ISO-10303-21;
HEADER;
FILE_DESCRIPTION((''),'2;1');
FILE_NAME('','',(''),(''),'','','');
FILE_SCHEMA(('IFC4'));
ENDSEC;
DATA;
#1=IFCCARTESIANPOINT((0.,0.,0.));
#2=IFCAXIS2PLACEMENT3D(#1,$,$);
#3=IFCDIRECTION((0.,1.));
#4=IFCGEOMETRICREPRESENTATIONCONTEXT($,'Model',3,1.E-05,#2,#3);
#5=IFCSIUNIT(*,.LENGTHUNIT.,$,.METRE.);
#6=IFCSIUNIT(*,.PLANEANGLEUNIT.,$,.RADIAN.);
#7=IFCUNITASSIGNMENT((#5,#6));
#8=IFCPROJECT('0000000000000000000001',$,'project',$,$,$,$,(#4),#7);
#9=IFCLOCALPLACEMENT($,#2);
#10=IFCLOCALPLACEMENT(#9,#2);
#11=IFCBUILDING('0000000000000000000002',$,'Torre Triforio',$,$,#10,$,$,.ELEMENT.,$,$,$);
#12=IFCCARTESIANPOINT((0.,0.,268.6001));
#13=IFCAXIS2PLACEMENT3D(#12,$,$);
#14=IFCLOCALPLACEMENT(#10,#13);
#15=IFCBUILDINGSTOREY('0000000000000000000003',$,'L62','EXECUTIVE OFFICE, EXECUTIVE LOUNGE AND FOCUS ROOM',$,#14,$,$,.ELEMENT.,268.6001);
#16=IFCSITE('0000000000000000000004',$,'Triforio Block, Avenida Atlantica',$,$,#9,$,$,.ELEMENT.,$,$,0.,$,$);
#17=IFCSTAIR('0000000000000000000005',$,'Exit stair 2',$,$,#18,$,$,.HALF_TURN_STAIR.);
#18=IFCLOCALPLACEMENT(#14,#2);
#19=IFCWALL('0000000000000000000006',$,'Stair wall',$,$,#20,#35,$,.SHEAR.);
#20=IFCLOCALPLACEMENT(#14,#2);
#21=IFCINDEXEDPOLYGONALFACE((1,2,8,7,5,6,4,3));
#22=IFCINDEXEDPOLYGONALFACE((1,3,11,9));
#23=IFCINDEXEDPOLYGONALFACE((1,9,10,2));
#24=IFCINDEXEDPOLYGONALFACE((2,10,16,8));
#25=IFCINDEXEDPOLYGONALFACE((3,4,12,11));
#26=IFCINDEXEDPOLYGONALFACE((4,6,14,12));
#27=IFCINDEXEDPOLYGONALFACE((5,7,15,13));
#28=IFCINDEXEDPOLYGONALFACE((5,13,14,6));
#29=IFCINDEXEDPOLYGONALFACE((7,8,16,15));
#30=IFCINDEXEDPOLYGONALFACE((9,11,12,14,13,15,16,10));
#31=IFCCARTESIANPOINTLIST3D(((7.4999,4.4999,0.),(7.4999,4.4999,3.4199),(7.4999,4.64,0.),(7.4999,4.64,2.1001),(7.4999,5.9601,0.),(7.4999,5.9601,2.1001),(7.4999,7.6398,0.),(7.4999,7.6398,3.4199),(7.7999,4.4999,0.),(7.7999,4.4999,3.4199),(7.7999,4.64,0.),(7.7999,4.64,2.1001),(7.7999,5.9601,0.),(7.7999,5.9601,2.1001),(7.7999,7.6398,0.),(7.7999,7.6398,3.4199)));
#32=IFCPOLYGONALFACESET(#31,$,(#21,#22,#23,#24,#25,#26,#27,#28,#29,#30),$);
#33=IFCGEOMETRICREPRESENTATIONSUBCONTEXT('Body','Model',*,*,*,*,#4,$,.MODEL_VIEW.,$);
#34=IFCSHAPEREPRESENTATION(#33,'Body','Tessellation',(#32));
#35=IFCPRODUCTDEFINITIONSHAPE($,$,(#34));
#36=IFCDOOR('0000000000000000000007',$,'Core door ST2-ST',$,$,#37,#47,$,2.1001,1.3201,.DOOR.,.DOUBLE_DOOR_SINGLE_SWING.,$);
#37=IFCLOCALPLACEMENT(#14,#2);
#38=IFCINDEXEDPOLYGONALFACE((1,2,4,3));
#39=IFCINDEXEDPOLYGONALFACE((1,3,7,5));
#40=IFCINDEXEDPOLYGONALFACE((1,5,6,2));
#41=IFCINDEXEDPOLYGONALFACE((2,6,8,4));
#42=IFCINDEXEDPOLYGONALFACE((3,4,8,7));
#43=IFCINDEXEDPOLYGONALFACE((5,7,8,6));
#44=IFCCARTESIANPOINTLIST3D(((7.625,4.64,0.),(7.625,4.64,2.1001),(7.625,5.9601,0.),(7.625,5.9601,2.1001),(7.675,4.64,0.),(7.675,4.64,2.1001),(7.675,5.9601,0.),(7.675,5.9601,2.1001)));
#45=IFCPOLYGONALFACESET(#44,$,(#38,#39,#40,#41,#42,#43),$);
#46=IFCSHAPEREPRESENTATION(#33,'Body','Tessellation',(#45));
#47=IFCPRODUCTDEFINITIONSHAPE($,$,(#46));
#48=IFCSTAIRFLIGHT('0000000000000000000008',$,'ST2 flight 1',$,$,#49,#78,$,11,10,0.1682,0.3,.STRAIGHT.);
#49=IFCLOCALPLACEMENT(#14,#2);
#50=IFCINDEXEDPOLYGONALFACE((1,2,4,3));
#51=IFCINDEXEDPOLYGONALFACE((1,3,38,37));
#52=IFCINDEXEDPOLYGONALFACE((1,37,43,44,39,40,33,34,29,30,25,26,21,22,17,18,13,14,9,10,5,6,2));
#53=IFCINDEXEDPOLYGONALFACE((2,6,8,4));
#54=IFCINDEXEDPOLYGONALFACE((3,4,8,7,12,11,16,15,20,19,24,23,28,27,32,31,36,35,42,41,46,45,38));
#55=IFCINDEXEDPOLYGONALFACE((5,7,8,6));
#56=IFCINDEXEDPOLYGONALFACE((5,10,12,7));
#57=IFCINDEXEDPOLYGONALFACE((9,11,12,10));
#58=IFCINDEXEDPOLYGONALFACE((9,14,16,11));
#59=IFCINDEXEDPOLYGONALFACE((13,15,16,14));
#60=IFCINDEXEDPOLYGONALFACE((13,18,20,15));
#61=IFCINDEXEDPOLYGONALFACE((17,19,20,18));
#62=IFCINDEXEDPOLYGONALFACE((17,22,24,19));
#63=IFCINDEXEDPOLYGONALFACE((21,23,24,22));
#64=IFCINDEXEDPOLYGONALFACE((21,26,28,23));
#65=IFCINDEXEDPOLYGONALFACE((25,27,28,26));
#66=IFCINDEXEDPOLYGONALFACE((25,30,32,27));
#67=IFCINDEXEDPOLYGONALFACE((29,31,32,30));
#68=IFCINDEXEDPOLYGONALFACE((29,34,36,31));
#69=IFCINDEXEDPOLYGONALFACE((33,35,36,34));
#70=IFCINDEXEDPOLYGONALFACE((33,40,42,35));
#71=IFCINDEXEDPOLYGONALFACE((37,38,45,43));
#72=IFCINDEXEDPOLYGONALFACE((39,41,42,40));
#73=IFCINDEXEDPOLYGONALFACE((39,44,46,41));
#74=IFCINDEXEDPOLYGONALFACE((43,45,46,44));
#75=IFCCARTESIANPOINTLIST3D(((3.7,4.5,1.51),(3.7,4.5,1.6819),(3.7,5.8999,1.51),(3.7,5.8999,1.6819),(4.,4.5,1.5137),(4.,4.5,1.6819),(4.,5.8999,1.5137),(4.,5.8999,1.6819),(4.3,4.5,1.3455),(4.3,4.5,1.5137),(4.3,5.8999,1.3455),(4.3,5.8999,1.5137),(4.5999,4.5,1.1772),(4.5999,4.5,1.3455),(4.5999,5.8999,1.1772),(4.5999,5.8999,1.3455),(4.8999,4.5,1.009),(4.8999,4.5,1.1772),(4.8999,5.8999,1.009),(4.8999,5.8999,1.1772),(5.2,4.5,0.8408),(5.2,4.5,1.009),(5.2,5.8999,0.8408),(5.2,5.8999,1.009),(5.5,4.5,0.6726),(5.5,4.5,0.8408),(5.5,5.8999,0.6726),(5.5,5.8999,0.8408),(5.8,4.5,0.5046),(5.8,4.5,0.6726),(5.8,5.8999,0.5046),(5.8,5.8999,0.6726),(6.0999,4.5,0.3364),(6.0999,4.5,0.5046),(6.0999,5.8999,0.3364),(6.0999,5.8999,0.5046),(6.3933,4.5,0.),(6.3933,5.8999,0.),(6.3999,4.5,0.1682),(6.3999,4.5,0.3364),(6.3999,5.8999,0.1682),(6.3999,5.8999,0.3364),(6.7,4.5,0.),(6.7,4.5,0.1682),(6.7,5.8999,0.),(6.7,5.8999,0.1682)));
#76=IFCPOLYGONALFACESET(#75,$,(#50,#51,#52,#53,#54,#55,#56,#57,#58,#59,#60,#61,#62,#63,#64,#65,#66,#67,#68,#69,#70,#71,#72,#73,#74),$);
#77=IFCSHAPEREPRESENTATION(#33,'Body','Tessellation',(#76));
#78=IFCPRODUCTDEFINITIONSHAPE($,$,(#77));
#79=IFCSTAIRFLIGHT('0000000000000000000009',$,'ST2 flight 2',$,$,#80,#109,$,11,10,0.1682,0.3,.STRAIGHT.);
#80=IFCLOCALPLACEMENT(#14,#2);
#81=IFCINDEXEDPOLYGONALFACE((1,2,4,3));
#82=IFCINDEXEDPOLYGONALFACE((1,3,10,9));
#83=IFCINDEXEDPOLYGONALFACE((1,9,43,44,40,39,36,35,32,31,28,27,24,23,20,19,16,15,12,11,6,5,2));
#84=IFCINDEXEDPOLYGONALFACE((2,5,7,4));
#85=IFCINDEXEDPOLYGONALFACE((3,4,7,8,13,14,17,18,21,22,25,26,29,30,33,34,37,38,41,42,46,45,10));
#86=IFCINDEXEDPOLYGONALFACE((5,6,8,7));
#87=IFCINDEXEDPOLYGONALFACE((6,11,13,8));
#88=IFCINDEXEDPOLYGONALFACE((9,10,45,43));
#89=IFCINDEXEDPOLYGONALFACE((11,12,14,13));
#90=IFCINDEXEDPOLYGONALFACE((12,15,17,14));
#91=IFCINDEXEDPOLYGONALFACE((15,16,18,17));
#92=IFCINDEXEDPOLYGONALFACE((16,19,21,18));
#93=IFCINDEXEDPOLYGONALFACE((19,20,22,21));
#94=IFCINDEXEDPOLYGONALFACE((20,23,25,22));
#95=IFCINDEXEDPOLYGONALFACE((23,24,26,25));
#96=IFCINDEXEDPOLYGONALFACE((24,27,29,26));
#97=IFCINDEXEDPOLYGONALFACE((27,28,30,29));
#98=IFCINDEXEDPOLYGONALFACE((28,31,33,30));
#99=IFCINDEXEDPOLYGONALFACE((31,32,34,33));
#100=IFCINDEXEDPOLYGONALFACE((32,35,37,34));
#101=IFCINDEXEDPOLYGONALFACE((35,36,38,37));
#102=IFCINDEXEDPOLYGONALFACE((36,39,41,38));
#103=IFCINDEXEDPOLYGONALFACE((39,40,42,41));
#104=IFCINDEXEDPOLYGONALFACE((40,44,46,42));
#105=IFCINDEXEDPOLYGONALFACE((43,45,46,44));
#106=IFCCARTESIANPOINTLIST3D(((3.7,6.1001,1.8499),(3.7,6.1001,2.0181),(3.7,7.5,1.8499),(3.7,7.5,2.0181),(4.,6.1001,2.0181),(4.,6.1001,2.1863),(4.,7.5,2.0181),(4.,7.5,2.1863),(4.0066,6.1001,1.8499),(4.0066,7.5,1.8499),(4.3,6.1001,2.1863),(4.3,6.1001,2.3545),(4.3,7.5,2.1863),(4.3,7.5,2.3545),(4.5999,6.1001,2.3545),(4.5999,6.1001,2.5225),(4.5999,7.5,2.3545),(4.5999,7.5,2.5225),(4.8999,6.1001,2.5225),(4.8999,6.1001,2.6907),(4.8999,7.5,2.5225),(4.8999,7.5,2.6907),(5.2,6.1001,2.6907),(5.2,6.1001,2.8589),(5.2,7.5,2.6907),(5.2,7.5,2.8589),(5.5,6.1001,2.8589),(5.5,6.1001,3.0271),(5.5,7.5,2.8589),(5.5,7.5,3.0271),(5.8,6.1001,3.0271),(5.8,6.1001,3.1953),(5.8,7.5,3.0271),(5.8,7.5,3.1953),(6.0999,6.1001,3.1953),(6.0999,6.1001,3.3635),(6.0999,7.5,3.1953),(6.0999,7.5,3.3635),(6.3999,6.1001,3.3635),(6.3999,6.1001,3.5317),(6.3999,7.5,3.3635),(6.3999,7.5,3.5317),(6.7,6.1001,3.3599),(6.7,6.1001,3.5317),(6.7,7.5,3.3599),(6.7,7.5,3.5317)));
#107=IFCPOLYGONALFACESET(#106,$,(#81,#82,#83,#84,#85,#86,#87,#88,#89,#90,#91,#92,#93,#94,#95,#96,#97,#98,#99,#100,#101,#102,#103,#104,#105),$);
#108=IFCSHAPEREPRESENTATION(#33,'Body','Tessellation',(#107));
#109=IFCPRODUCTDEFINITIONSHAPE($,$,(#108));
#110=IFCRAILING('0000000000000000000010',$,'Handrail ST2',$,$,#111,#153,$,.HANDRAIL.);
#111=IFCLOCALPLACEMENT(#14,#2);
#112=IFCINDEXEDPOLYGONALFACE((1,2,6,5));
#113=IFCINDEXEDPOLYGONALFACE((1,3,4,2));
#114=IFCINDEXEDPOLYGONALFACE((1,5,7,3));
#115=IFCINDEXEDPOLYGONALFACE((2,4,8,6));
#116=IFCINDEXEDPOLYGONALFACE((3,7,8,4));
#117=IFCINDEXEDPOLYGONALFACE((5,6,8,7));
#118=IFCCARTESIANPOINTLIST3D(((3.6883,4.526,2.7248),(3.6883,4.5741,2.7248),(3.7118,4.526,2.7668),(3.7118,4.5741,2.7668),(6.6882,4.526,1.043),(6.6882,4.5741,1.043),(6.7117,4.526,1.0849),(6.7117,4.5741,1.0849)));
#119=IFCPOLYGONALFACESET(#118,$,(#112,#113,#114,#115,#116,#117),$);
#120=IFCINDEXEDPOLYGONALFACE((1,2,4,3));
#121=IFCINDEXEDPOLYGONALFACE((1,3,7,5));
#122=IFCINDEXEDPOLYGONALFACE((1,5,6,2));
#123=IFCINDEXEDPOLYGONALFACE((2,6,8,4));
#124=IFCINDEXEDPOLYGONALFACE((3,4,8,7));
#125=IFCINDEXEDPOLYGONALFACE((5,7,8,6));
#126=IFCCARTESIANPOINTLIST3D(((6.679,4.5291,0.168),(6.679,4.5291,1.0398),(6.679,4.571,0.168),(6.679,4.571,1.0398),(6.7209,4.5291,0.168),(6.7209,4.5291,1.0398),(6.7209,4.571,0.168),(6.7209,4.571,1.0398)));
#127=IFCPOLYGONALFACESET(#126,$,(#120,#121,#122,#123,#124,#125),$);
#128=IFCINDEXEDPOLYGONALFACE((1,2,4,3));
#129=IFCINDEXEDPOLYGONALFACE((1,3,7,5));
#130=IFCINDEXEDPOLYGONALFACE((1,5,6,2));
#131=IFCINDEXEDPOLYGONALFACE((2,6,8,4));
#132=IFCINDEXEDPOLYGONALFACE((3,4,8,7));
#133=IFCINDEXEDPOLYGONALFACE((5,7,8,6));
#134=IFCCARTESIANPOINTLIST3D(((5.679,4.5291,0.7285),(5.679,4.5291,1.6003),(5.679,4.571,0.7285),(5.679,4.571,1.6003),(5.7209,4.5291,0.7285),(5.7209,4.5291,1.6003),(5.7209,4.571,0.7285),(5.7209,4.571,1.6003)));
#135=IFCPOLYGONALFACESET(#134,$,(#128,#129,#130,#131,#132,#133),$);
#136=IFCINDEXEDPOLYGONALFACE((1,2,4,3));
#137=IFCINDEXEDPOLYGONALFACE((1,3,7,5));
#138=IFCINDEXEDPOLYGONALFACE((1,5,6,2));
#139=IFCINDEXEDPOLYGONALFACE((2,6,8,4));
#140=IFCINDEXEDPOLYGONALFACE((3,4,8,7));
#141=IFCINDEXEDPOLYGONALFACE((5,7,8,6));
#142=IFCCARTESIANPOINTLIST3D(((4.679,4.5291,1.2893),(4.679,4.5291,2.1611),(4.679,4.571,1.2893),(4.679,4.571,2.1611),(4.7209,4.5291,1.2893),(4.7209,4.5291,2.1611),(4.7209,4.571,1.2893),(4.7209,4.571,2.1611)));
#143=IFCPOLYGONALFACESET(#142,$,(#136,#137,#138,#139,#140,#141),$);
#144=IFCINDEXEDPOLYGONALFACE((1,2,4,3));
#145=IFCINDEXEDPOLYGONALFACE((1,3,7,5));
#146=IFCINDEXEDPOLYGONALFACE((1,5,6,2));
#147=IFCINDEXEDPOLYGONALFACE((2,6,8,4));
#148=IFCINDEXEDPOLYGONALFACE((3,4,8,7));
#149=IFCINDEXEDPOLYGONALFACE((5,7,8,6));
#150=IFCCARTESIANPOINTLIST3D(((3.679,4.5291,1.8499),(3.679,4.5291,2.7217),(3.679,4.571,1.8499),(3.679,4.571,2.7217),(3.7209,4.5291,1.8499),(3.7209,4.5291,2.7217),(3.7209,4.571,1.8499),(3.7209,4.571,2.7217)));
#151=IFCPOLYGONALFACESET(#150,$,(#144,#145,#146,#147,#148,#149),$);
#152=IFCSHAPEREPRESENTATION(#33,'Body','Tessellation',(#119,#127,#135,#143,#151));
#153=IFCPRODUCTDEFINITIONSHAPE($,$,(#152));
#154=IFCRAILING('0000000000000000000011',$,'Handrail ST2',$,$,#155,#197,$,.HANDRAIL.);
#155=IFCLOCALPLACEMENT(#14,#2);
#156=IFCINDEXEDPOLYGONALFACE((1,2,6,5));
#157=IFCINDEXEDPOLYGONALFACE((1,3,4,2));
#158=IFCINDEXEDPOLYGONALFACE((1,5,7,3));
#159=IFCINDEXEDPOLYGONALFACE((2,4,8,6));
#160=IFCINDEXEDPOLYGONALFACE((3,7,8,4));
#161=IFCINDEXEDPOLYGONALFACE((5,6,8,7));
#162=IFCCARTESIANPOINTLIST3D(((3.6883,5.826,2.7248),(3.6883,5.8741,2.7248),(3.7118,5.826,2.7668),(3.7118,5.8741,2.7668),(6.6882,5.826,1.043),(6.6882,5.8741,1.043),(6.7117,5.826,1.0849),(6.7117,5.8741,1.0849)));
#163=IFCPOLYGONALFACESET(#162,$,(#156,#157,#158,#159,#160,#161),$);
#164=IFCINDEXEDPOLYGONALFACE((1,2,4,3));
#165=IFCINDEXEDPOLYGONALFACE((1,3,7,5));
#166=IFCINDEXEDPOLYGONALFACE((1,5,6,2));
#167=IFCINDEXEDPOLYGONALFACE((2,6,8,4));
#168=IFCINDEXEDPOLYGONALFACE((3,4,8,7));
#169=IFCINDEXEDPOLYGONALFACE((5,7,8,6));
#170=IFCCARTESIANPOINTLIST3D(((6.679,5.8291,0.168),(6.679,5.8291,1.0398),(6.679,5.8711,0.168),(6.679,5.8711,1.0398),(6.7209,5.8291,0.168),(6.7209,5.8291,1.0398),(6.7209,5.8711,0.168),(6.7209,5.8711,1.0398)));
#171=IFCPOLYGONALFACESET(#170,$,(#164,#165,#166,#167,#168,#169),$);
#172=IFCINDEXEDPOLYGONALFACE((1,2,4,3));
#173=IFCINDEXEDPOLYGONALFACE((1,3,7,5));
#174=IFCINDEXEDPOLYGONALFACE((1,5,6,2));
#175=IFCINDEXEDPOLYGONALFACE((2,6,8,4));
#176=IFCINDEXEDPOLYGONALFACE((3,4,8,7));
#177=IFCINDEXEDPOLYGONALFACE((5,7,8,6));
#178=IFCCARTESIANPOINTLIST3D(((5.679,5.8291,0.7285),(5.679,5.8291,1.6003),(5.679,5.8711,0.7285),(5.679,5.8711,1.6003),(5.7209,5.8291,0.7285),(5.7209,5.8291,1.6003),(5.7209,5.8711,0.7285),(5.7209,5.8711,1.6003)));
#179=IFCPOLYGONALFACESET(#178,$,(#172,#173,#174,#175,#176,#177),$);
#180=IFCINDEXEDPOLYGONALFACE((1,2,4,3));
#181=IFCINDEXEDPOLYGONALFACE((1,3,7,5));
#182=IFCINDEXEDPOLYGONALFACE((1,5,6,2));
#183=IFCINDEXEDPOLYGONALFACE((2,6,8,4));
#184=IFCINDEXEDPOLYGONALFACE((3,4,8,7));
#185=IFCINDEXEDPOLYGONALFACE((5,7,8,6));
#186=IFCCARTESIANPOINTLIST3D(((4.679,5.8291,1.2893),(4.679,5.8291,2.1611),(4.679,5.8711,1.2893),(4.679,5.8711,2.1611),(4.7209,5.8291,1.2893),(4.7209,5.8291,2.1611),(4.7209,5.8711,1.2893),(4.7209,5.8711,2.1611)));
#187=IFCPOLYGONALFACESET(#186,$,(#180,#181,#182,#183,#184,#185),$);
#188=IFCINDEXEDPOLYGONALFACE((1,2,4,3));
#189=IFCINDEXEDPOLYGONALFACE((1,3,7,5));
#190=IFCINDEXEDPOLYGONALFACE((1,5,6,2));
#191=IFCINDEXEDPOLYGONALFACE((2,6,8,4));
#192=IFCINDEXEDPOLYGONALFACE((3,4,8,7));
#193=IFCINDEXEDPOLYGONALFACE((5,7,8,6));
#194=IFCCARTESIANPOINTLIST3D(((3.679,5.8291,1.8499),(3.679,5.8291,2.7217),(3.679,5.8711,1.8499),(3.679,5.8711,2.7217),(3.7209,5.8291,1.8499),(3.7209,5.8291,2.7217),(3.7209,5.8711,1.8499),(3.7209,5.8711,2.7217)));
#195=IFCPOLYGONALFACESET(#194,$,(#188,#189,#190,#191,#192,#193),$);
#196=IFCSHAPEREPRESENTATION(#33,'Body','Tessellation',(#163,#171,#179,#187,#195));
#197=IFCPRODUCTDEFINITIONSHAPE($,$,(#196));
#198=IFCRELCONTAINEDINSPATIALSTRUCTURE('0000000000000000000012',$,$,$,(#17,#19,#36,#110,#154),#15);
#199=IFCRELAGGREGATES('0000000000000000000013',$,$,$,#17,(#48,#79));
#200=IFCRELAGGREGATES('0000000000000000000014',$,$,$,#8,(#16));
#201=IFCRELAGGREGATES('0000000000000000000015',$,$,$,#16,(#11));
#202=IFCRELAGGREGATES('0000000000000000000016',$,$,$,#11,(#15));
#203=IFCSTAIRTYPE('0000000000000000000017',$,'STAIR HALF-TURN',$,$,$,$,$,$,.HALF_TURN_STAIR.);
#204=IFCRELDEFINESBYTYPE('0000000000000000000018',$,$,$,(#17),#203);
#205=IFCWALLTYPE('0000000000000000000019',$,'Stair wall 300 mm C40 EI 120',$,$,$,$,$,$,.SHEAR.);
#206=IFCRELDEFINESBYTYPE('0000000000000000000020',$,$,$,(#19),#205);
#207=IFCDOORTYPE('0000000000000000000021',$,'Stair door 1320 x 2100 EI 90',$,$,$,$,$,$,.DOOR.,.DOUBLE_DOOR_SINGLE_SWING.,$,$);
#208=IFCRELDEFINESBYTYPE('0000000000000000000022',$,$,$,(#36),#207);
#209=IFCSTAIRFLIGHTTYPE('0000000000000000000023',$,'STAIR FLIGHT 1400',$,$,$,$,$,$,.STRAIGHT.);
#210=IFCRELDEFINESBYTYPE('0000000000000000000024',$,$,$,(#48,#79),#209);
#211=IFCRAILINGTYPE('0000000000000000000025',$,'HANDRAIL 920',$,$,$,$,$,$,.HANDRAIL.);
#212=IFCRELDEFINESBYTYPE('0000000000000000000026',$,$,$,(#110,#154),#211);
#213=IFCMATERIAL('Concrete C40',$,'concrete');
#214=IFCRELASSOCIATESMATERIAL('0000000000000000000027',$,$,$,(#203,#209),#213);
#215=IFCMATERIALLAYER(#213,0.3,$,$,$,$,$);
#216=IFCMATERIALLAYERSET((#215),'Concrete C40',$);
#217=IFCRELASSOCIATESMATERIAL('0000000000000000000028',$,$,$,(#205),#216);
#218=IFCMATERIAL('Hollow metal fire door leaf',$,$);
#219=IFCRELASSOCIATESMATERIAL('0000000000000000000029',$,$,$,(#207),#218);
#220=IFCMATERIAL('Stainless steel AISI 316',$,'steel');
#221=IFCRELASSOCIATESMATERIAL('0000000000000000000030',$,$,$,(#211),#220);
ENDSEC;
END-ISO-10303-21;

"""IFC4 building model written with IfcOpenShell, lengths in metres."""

from ifc_helpers import new_model, si_unit, direction, frame, frame_2d, origin, origin_2d, place, context, subcontext, project, spatial, polyline, rectangle, outline, extrude, material, layer, layer_set, type_object, element, fill, aggregate, save


model = new_model("IFC4")

# Units and contexts
model_context = context("Model", 3, precision=1e-05, world=origin(), true_north=direction((0.0, 1.0)))
body_context = subcontext(model_context, "Body", "Model", "MODEL_VIEW")
ifc_project = project(units=[si_unit("LENGTHUNIT", "METRE"), si_unit("PLANEANGLEUNIT", "RADIAN")], contexts=[model_context])

# Site, building, storey
site_placement = place(None, origin())
site = spatial("IfcSite", under=ifc_project, at=site_placement, Name="Triforio Block, Avenida Atlantica", CompositionType="ELEMENT", RefElevation=0.0)
building_placement = place(site_placement, origin())
building = spatial("IfcBuilding", under=site, at=building_placement, Name="Torre Triforio", CompositionType="ELEMENT")
storey_placement = place(building_placement, frame((0.0, 0.0, 268.6001)))
storey = spatial("IfcBuildingStorey", under=building, at=storey_placement, Name="L62", Description="EXECUTIVE OFFICE, EXECUTIVE LOUNGE AND FOCUS ROOM", CompositionType="ELEMENT", Elevation=268.6001)

# Stair
ifc_material_1 = material(Name="Concrete C40", Category="concrete")
stair_type = type_object("IfcStairType", Name="STAIR HALF-TURN", PredefinedType="HALF_TURN_STAIR", material=ifc_material_1)
stair_1_placement = place(storey_placement, origin())
stair_1 = element("IfcStair", 1, at=stair_1_placement, inside=storey, type_object=stair_type, Name="Exit stair 2", PredefinedType="HALF_TURN_STAIR")

# Shared definitions
ifc_material_2 = material(Name="Hollow metal fire door leaf")

# Wall, opening, door
ifc_layer_1 = layer(ifc_material_1, 0.3)
ifc_layer_set_1 = layer_set([ifc_layer_1], Name="Concrete C40")
wall_type_1 = type_object("IfcWallType", Name="Stair wall 300 mm C40 EI 120", PredefinedType="SHEAR", material=ifc_layer_set_1)
wall_1_placement = place(storey_placement, frame((7.6499, 4.5, 0.0), z_axis=(0.0, 0.0, 1.0), x_axis=(0.0, 1.0, 0.0)))
wall_1 = element("IfcWall", 2, at=wall_1_placement, inside=storey, type_object=wall_type_1, Name="Stair wall", PredefinedType="SHEAR", context=body_context, shape_type="SweptSolid", body=[
    extrude(rectangle(XDim=3.1399, YDim=0.3, at=frame_2d((1.5698, 0.0))), origin(), (0.0, 0.0, 1.0), 3.4199),
])
opening_1_placement = place(wall_1_placement, frame((0.1399, 0.0, 0.0)))
opening_1 = element("IfcOpeningElement", 3, at=opening_1_placement, cuts=wall_1, PredefinedType="OPENING", context=body_context, shape_type="SweptSolid", body=[
    extrude(rectangle(XDim=1.3201, YDim=2.1001, at=frame_2d((0.6602, 1.05))), frame((0.0, 0.1599, 0.0), z_axis=(0.0, -1.0, 0.0), x_axis=(1.0, 0.0, 0.0)), (0.0, 0.0, 1.0), 0.3201),
])
door_type_1 = type_object("IfcDoorType", Name="Stair door 1320 x 2100 EI 90", OperationType="DOUBLE_DOOR_SINGLE_SWING", PredefinedType="DOOR", material=ifc_material_2)
door_1_placement = place(opening_1_placement, origin())
door_1 = element("IfcDoor", 4, at=door_1_placement, inside=storey, type_object=door_type_1, Name="Core door ST2-ST", OperationType="DOUBLE_DOOR_SINGLE_SWING", OverallHeight=2.1001, OverallWidth=1.3201, PredefinedType="DOOR", context=body_context, shape_type="SweptSolid", body=[
    extrude(rectangle(XDim=1.3201, YDim=2.1001, at=frame_2d((0.6602, 1.05))), frame((0.0, 0.0249, 0.0), z_axis=(0.0, -1.0, 0.0), x_axis=(1.0, 0.0, 0.0)), (0.0, 0.0, 1.0), 0.05),
])
fill(opening_1, door_1)

# Stair flights
stair_flight_type = type_object("IfcStairFlightType", Name="STAIR FLIGHT 1400", PredefinedType="STRAIGHT", material=ifc_material_1)
stair_flight_1_placement = place(storey_placement, frame((6.7, 5.2, 0.0), z_axis=(0.0, 0.0, 1.0), x_axis=(-1.0, 0.0, 0.0)))
stair_flight_1 = element("IfcStairFlight", 5, at=stair_flight_1_placement, type_object=stair_flight_type, Name="ST2 flight 1", NumberOfRisers=11, NumberOfTreads=10, PredefinedType="STRAIGHT", RiserHeight=0.1682, TreadLength=0.3, context=body_context, shape_type="SweptSolid", body=[
    extrude(outline(polyline([(0.0, 0.0), (0.0, 0.1682), (0.3, 0.1682), (0.3, 0.3364), (0.6001, 0.3364), (0.6001, 0.5046), (0.8999, 0.5046), (0.8999, 0.6726), (1.2, 0.6726), (1.2, 0.8408), (1.5, 0.8408), (1.5, 1.009), (1.8, 1.009), (1.8, 1.1772), (2.1001, 1.1772), (2.1001, 1.3455), (2.3999, 1.3455), (2.3999, 1.5137), (2.7, 1.5137), (2.7, 1.6819), (3.0, 1.6819), (3.0, 1.8501), (3.0, 1.51), (0.3066, 0.0), (0.0, 0.0)])), frame((0.0, 0.7, 0.0), z_axis=(0.0, -1.0, 0.0), x_axis=(1.0, 0.0, 0.0)), (0.0, 0.0, 1.0), 1.3999),
])
stair_flight_2_placement = place(storey_placement, frame((3.7, 6.8, 1.8499), z_axis=(0.0, 0.0, 1.0), x_axis=(1.0, 0.0, 0.0)))
stair_flight_2 = element("IfcStairFlight", 6, at=stair_flight_2_placement, type_object=stair_flight_type, Name="ST2 flight 2", NumberOfRisers=11, NumberOfTreads=10, PredefinedType="STRAIGHT", RiserHeight=0.1682, TreadLength=0.3, context=body_context, shape_type="SweptSolid", body=[
    extrude(outline(polyline([(0.0, 0.0), (0.0, 0.1682), (0.3, 0.1682), (0.3, 0.3364), (0.6001, 0.3364), (0.6001, 0.5046), (0.8999, 0.5046), (0.8999, 0.6726), (1.2, 0.6726), (1.2, 0.8408), (1.5, 0.8408), (1.5, 1.009), (1.8, 1.009), (1.8, 1.1772), (2.1001, 1.1772), (2.1001, 1.3455), (2.3999, 1.3455), (2.3999, 1.5137), (2.7, 1.5137), (2.7, 1.6819), (3.0, 1.6819), (3.0, 1.8501), (3.0, 1.51), (0.3066, 0.0), (0.0, 0.0)])), frame((0.0, 0.7, 0.0), z_axis=(0.0, -1.0, 0.0), x_axis=(1.0, 0.0, 0.0)), (0.0, 0.0, 1.0), 1.3999),
])
aggregate(stair_1, [stair_flight_1, stair_flight_2])

# Railings
ifc_material_3 = material(Name="Stainless steel AISI 316", Category="steel")
railing_type = type_object("IfcRailingType", Name="HANDRAIL 920", PredefinedType="HANDRAIL", material=ifc_material_3)
for number, where, name in (
    (7, (6.7, 4.55, 0.168), "Handrail ST2"),
    (8, (6.7, 5.8501, 0.168), "Handrail ST2"),
):
    element("IfcRailing", number, at=place(storey_placement, frame(where)), inside=storey, type_object=railing_type, Name=name, PredefinedType="HANDRAIL", context=body_context, shape_type="SweptSolid", body=[
        extrude(rectangle(XDim=0.0481, YDim=0.0481, at=origin_2d()), frame((0.0, 0.0, 0.896), z_axis=(-0.872272, 0.0, 0.48902), x_axis=(0.0, -1.0, 0.0)), (0.0, 0.0, 1.0), 3.4392),
        extrude(rectangle(XDim=0.042, YDim=0.042, at=origin_2d()), origin(), (0.0, 0.0, 1.0), 0.8718),
        extrude(rectangle(XDim=0.042, YDim=0.042, at=origin_2d()), frame((-1.0, 0.0, 0.5605)), (0.0, 0.0, 1.0), 0.8718),
        extrude(rectangle(XDim=0.042, YDim=0.042, at=origin_2d()), frame((-2.0, 0.0, 1.1213)), (0.0, 0.0, 1.0), 0.8718),
        extrude(rectangle(XDim=0.042, YDim=0.042, at=origin_2d()), frame((-3.0, 0.0, 1.6819)), (0.0, 0.0, 1.0), 0.8718),
    ])

save(model, "model.ifc")
